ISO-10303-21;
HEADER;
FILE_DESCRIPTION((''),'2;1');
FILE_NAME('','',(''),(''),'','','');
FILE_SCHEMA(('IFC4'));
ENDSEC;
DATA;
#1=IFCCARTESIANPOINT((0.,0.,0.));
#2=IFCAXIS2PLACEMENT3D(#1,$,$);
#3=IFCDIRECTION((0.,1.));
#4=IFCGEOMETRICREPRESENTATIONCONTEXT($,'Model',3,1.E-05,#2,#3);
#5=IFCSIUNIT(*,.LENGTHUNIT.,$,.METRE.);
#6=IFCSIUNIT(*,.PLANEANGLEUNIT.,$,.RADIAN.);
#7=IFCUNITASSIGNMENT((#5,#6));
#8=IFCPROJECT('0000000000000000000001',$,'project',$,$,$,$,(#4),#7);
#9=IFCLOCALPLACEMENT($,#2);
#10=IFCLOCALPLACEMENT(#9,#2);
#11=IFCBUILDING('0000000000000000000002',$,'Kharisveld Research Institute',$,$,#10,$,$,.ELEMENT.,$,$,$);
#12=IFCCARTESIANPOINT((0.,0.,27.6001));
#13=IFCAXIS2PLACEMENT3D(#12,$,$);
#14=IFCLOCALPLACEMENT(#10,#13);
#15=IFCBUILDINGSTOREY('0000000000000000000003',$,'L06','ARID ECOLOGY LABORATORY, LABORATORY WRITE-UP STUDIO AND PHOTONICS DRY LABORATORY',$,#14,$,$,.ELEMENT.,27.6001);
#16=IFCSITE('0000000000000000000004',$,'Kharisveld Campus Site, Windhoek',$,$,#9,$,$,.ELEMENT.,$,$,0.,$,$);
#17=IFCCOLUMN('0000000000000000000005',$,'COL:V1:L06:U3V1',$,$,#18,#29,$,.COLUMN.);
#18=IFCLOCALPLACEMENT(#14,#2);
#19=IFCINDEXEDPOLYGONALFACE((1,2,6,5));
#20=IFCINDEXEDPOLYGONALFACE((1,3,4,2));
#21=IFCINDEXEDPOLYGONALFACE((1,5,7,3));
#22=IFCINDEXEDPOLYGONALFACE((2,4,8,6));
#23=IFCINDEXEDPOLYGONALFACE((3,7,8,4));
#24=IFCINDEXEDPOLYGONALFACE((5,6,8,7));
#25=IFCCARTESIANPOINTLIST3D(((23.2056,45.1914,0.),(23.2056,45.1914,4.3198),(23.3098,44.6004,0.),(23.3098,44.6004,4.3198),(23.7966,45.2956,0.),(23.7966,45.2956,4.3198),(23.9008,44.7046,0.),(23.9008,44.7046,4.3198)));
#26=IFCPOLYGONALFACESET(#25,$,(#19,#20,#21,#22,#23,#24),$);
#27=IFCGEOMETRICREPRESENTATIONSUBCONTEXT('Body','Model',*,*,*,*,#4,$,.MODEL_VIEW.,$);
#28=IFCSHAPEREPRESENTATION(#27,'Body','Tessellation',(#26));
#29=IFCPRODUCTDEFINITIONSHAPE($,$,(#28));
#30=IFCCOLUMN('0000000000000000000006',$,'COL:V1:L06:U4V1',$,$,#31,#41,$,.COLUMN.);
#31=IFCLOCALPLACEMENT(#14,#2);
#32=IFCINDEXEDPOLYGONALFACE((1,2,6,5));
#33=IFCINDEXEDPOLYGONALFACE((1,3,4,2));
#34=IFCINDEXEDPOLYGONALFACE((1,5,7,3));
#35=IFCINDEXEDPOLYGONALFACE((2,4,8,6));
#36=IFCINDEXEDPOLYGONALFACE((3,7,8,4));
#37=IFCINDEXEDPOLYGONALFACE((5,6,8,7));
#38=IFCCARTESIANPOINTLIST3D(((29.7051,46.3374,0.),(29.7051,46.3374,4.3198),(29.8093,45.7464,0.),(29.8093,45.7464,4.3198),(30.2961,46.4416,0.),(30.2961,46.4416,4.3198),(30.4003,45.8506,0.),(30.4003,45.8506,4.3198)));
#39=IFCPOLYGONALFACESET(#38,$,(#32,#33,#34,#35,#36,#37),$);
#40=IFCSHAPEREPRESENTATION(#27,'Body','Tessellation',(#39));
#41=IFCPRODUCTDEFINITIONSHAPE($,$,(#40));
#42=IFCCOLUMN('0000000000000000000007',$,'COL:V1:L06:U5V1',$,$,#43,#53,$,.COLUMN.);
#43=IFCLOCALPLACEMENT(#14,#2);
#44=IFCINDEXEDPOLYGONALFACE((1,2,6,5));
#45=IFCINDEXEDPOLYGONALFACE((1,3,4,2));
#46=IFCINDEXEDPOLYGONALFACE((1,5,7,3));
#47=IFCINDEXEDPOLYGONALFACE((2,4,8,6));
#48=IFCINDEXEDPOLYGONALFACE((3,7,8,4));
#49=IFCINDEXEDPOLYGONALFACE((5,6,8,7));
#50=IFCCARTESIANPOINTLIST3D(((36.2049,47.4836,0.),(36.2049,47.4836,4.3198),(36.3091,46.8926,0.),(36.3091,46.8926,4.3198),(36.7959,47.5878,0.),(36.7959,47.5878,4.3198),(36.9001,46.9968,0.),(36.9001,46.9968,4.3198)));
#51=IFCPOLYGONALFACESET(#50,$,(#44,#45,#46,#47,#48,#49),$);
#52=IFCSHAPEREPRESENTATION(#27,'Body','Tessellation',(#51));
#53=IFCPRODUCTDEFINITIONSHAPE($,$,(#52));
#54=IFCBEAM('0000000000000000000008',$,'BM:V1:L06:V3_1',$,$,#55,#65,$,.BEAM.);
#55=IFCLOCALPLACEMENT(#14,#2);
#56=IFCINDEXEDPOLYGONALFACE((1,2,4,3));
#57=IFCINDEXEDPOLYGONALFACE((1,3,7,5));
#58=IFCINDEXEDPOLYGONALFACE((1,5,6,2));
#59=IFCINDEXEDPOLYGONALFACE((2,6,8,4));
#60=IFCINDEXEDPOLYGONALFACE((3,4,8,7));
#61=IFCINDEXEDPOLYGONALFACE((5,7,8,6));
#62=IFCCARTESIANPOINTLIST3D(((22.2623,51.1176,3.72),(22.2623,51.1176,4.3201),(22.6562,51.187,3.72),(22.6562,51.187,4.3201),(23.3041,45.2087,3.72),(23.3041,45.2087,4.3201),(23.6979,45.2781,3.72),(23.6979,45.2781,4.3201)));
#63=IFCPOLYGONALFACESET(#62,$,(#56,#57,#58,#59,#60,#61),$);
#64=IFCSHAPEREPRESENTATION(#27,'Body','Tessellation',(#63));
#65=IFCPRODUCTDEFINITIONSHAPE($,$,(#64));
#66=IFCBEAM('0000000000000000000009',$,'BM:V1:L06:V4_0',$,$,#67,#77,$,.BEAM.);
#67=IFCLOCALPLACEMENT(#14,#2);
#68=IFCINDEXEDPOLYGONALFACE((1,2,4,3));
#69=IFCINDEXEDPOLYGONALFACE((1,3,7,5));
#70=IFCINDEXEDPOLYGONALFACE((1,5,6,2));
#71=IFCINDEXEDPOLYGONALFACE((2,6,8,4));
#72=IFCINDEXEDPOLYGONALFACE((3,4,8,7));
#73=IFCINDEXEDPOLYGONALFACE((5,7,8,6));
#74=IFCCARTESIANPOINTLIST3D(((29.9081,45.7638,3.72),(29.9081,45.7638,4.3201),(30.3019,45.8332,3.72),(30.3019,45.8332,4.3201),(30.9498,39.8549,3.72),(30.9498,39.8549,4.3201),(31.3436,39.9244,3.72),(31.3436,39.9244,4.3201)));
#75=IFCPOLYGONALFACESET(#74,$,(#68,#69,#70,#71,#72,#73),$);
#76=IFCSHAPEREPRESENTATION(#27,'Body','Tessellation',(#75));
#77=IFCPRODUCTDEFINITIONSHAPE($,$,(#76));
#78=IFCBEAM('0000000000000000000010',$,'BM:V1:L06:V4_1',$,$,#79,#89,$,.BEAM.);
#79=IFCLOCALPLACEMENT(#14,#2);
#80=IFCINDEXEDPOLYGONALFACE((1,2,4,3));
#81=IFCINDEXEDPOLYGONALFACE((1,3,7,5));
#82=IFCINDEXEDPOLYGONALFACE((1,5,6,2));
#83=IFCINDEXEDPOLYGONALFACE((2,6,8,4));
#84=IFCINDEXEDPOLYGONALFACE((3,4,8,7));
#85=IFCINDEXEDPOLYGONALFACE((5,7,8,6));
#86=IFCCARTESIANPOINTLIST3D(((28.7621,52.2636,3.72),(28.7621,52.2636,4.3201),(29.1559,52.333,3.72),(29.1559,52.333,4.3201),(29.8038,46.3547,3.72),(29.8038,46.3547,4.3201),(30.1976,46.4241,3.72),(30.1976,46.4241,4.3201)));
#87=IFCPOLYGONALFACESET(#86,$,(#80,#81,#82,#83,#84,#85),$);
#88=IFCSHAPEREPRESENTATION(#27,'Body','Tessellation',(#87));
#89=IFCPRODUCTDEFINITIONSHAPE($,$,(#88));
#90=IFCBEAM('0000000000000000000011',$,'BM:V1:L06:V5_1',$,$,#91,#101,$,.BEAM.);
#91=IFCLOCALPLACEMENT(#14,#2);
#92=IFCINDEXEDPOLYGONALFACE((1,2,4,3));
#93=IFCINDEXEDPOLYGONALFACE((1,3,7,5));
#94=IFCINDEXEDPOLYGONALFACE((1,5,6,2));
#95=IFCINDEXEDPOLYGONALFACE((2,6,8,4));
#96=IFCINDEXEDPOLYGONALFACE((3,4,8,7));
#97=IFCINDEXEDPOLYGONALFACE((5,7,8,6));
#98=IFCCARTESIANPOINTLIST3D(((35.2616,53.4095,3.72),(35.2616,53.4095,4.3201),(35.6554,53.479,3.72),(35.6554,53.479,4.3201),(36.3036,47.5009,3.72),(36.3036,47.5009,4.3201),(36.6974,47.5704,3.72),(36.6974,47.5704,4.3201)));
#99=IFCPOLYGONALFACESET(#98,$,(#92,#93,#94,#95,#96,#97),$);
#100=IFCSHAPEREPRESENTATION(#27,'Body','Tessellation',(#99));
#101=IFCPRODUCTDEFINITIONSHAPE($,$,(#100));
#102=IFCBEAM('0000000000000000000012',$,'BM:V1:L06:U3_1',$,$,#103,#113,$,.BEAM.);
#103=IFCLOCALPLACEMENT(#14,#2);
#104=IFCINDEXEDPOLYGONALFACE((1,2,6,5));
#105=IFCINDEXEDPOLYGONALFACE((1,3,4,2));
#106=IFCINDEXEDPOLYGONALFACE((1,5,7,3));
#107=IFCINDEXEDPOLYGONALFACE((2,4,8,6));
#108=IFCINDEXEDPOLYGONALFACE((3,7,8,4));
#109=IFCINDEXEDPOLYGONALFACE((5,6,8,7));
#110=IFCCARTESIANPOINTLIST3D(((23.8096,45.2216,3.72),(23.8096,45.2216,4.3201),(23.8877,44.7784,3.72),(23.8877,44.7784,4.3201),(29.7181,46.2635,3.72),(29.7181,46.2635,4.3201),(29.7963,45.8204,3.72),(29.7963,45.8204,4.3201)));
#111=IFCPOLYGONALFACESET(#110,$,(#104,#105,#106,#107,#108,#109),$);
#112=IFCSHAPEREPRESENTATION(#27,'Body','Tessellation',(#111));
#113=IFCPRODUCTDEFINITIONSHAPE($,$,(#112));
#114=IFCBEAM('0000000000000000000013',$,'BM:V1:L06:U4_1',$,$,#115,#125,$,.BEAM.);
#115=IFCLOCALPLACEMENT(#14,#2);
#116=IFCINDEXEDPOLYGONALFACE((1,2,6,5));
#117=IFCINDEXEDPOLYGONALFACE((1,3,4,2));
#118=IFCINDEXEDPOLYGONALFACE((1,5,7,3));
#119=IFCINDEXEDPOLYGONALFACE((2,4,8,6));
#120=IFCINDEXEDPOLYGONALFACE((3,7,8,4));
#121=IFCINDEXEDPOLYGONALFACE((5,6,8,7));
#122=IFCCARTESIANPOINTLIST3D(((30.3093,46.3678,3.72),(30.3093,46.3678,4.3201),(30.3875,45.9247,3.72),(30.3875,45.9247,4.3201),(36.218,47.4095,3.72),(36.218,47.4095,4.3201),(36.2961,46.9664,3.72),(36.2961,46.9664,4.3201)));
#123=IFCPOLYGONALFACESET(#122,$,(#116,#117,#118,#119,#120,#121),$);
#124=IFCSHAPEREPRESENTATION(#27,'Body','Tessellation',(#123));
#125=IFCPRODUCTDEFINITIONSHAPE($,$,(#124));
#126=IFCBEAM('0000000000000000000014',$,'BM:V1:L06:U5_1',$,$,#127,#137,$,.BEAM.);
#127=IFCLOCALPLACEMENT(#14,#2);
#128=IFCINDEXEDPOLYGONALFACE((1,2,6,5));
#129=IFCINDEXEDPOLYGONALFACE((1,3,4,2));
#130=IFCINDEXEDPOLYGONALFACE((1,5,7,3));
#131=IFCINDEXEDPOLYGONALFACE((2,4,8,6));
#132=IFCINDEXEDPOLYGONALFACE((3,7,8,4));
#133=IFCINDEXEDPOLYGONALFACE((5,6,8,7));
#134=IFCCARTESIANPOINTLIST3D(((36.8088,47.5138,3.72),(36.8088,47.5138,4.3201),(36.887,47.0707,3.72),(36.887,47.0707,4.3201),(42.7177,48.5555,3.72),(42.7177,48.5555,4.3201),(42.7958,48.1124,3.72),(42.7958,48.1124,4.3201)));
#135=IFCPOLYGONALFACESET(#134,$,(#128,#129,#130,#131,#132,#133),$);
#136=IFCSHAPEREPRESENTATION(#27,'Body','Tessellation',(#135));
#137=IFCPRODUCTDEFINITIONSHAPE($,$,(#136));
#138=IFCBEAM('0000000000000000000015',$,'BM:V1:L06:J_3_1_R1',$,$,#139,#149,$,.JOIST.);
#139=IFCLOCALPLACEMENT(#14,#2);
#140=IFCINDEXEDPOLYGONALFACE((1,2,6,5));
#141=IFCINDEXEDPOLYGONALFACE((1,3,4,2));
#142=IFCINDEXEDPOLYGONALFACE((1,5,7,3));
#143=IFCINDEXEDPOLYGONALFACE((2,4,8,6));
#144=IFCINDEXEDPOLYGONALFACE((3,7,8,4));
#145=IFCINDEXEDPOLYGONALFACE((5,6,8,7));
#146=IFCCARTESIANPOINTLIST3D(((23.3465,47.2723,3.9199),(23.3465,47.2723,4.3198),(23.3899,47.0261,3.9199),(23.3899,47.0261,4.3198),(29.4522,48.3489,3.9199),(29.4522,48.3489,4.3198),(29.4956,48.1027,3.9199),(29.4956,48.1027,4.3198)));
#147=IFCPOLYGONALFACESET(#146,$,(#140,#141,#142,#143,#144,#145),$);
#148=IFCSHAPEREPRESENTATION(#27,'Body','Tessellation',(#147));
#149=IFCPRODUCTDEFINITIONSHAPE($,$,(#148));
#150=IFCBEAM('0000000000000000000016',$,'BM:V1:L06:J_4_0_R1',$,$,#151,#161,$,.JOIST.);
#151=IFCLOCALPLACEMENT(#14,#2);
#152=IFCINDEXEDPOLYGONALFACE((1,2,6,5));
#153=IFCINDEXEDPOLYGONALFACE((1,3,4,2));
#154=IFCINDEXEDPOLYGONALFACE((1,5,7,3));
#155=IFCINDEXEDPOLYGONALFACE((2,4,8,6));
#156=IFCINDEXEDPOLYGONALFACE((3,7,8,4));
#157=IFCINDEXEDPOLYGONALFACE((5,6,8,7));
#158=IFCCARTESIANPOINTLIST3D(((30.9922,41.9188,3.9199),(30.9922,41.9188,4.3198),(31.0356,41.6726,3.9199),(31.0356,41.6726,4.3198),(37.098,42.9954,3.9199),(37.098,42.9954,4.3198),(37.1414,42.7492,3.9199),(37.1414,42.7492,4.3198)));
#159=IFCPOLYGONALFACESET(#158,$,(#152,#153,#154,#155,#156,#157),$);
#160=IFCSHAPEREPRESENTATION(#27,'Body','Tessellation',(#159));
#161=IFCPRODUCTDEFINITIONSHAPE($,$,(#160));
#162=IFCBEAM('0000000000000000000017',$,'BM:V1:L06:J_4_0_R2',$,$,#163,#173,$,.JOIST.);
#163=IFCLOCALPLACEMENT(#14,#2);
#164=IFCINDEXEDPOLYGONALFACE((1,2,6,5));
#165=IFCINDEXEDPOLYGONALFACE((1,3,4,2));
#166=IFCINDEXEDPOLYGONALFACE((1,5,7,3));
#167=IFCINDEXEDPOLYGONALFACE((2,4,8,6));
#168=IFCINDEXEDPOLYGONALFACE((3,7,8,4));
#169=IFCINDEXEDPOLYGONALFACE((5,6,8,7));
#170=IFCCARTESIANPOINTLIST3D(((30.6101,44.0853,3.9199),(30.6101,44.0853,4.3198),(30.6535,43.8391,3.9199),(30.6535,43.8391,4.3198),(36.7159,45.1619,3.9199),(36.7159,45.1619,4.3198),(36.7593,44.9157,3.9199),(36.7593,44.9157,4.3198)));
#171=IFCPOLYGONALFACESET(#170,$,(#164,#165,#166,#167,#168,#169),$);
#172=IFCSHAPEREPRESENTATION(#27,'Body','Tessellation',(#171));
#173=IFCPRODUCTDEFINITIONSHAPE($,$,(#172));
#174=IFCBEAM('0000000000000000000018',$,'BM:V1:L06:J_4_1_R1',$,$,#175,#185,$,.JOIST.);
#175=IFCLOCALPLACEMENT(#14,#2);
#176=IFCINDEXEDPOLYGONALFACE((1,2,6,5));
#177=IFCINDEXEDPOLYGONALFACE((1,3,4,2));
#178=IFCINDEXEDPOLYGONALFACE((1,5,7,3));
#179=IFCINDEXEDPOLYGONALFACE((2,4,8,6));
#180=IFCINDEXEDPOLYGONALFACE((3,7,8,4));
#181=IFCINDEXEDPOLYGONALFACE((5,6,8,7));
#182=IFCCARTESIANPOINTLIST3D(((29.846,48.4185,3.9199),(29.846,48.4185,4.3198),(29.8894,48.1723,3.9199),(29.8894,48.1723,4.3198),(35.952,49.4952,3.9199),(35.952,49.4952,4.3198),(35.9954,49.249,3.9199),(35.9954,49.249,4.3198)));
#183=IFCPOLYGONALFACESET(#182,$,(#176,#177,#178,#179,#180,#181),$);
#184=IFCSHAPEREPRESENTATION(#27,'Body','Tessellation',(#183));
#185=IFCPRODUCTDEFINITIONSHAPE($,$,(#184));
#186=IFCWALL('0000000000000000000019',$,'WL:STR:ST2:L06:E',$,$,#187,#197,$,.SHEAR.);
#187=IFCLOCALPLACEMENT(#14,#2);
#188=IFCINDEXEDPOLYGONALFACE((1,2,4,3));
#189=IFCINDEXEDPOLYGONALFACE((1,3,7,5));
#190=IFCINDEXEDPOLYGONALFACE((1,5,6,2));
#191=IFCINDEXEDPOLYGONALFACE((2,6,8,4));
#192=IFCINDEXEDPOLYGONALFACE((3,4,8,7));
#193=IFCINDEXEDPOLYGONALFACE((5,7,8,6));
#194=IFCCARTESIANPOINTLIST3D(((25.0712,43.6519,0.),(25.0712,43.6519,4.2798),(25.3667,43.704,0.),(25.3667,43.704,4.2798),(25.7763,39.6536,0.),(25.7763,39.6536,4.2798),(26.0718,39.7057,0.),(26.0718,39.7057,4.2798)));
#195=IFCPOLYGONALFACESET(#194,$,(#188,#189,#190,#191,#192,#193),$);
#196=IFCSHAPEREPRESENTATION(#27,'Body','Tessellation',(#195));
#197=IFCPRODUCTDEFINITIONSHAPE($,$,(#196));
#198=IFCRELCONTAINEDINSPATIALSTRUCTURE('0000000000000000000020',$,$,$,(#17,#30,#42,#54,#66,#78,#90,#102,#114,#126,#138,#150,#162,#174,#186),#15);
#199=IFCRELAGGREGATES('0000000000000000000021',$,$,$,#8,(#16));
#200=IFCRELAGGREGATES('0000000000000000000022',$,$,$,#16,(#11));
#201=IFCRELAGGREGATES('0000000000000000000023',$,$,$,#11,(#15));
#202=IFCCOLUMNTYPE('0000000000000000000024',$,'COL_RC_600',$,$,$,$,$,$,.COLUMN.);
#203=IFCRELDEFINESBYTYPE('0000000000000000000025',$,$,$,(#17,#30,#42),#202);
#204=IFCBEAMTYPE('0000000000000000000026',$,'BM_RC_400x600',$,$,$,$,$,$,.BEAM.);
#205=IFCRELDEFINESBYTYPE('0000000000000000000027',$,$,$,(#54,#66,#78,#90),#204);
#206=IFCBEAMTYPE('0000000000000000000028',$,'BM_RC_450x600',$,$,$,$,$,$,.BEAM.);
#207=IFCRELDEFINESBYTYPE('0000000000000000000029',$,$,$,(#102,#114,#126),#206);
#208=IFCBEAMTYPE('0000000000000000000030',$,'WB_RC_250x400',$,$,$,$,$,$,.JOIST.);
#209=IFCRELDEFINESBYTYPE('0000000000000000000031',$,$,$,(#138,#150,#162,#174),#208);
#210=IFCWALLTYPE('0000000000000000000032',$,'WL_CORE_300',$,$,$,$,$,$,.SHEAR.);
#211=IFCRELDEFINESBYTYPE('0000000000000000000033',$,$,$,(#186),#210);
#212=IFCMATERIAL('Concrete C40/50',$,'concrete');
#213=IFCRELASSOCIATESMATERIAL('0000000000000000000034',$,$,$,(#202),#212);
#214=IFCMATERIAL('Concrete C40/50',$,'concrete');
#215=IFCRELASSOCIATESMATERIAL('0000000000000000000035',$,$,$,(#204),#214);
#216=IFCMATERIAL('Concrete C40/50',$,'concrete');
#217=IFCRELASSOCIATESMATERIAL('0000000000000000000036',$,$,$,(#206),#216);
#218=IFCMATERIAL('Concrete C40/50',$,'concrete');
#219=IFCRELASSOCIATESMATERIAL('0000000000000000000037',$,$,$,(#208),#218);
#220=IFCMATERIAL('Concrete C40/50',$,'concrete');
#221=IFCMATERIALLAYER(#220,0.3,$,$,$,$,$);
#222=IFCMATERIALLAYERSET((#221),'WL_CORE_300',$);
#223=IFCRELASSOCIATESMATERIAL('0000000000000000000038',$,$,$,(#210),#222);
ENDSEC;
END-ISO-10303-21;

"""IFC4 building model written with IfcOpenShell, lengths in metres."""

from ifc_helpers import new_model, si_unit, direction, frame, frame_2d, origin, origin_2d, place, context, subcontext, project, spatial, rectangle, extrude, material, layer, layer_set, material_profile, profile_set, type_object, element, save


model = new_model("IFC4")

# Units and contexts
model_context = context("Model", 3, precision=1e-05, world=origin(), true_north=direction((0.0, 1.0)))
body_context = subcontext(model_context, "Body", "Model", "MODEL_VIEW")
ifc_project = project(units=[si_unit("LENGTHUNIT", "METRE"), si_unit("PLANEANGLEUNIT", "RADIAN")], contexts=[model_context])

# Site, building, storey
site_placement = place(None, origin())
site = spatial("IfcSite", under=ifc_project, at=site_placement, Name="Kharisveld Campus Site, Windhoek", CompositionType="ELEMENT", RefElevation=0.0)
building_placement = place(site_placement, origin())
building = spatial("IfcBuilding", under=site, at=building_placement, Name="Kharisveld Research Institute", CompositionType="ELEMENT")
storey_placement = place(building_placement, frame((0.0, 0.0, 27.6001)))
storey = spatial("IfcBuildingStorey", under=building, at=storey_placement, Name="L06", Description="ARID ECOLOGY LABORATORY, LABORATORY WRITE-UP STUDIO AND PHOTONICS DRY LABORATORY", CompositionType="ELEMENT", Elevation=27.6001)

# Columns
ifc_material_1 = material(Name="Concrete C40/50", Category="concrete")
ifc_material_profile_1 = material_profile(ifc_material_1, rectangle(XDim=0.6001, YDim=0.6001, at=origin_2d()))
ifc_profile_set_1 = profile_set([ifc_material_profile_1], Name="Concrete C40/50")
column_type = type_object("IfcColumnType", Name="COL_RC_600", PredefinedType="COLUMN", material=ifc_profile_set_1)
for number, where, z_axis, x_axis, name in (
    (1, (23.5532, 44.948, 0.0), (0.0, 0.0, 1.0), (0.984808, 0.173648, 0.0), "COL:V1:L06:U3V1"),
    (2, (30.0527, 46.094, 0.0), (0.0, 0.0, 1.0), (0.984808, 0.173648, 0.0), "COL:V1:L06:U4V1"),
    (3, (36.5525, 47.2402, 0.0), (0.0, 0.0, 1.0), (0.984808, 0.173648, 0.0), "COL:V1:L06:U5V1"),
):
    element("IfcColumn", number, at=place(storey_placement, frame(where, z_axis=z_axis, x_axis=x_axis)), inside=storey, type_object=column_type, Name=name, PredefinedType="COLUMN", context=body_context, shape_type="SweptSolid", body=[
        extrude(rectangle(XDim=0.6001, YDim=0.6001, at=origin_2d()), origin(), (0.0, 0.0, 1.0), 4.3198),
    ])

# Beams
ifc_material_2 = material(Name="Concrete C40/50", Category="concrete")
ifc_material_profile_2 = material_profile(ifc_material_2, rectangle(XDim=0.3999, YDim=0.6001, at=origin_2d()))
ifc_profile_set_2 = profile_set([ifc_material_profile_2], Name="Concrete C40/50")
beam_type_1 = type_object("IfcBeamType", Name="BM_RC_400x600", PredefinedType="BEAM", material=ifc_profile_set_2)
for number, where, z_axis, x_axis, name in (
    (4, (23.501, 45.2434, 4.02), (-0.173623, 0.984812, 0.0), (-0.984812, -0.173623, 0.0), "BM:V1:L06:V3_1"),
    (5, (31.1467, 39.8896, 4.02), (-0.173623, 0.984812, 0.0), (-0.984812, -0.173623, 0.0), "BM:V1:L06:V4_0"),
    (6, (30.0007, 46.3894, 4.02), (-0.173623, 0.984812, 0.0), (-0.984812, -0.173623, 0.0), "BM:V1:L06:V4_1"),
):
    element("IfcBeam", number, at=place(storey_placement, frame(where, z_axis=z_axis, x_axis=x_axis)), inside=storey, type_object=beam_type_1, Name=name, PredefinedType="BEAM", context=body_context, shape_type="SweptSolid", body=[
        extrude(rectangle(XDim=0.3999, YDim=0.6001, at=origin_2d()), origin(), (0.0, 0.0, 1.0), 6.0),
    ])
beam_1_placement = place(storey_placement, frame((36.5005, 47.5356, 4.02), z_axis=(-0.173669, 0.984804, 0.0), x_axis=(-0.984804, -0.173669, 0.0)))
element("IfcBeam", 7, at=beam_1_placement, inside=storey, type_object=beam_type_1, Name="BM:V1:L06:V5_1", PredefinedType="BEAM", context=body_context, shape_type="SweptSolid", body=[
    extrude(rectangle(XDim=0.3999, YDim=0.6001, at=origin_2d()), origin(), (0.0, 0.0, 1.0), 5.9998),
])
ifc_material_3 = material(Name="Concrete C40/50", Category="concrete")
ifc_material_profile_3 = material_profile(ifc_material_3, rectangle(XDim=0.45, YDim=0.6001, at=origin_2d()))
ifc_profile_set_3 = profile_set([ifc_material_profile_3], Name="Concrete C40/50")
beam_type_2 = type_object("IfcBeamType", Name="BM_RC_450x600", PredefinedType="BEAM", material=ifc_profile_set_3)
for number, where, z_axis, x_axis, name in (
    (8, (23.8486, 45.0, 4.02), (0.984804, 0.173669, 0.0), (-0.173669, 0.984804, 0.0), "BM:V1:L06:U3_1"),
    (9, (30.3484, 46.1462, 4.02), (0.984811, 0.17363, 0.0), (-0.17363, 0.984811, 0.0), "BM:V1:L06:U4_1"),
):
    element("IfcBeam", number, at=place(storey_placement, frame(where, z_axis=z_axis, x_axis=x_axis)), inside=storey, type_object=beam_type_2, Name=name, PredefinedType="BEAM", context=body_context, shape_type="SweptSolid", body=[
        extrude(rectangle(XDim=0.45, YDim=0.6001, at=origin_2d()), origin(), (0.0, 0.0, 1.0), 5.9998),
    ])
beam_2_placement = place(storey_placement, frame((36.8479, 47.2922, 4.02), z_axis=(0.984812, 0.173623, 0.0), x_axis=(-0.173623, 0.984812, 0.0)))
element("IfcBeam", 10, at=beam_2_placement, inside=storey, type_object=beam_type_2, Name="BM:V1:L06:U5_1", PredefinedType="BEAM", context=body_context, shape_type="SweptSolid", body=[
    extrude(rectangle(XDim=0.45, YDim=0.6001, at=origin_2d()), origin(), (0.0, 0.0, 1.0), 6.0),
])
ifc_material_4 = material(Name="Concrete C40/50", Category="concrete")
ifc_material_profile_4 = material_profile(ifc_material_4, rectangle(XDim=0.25, YDim=0.3999, at=origin_2d()))
ifc_profile_set_4 = profile_set([ifc_material_profile_4], Name="Concrete C40/50")
beam_type_3 = type_object("IfcBeamType", Name="WB_RC_250x400", PredefinedType="JOIST", material=ifc_profile_set_4)
for number, where, z_axis, x_axis, name in (
    (11, (23.3682, 47.1492, 4.1199), (0.984806, 0.173657, 0.0), (-0.173657, 0.984806, 0.0), "BM:V1:L06:J_3_1_R1"),
    (12, (31.0139, 41.7957, 4.1199), (0.984806, 0.173657, 0.0), (-0.173657, 0.984806, 0.0), "BM:V1:L06:J_4_0_R1"),
    (13, (30.6318, 43.9622, 4.1199), (0.984806, 0.173657, 0.0), (-0.173657, 0.984806, 0.0), "BM:V1:L06:J_4_0_R2"),
):
    element("IfcBeam", number, at=place(storey_placement, frame(where, z_axis=z_axis, x_axis=x_axis)), inside=storey, type_object=beam_type_3, Name=name, PredefinedType="JOIST", context=body_context, shape_type="SweptSolid", body=[
        extrude(rectangle(XDim=0.25, YDim=0.3999, at=origin_2d()), origin(), (0.0, 0.0, 1.0), 6.2),
    ])
beam_3_placement = place(storey_placement, frame((29.8677, 48.2954, 4.1199), z_axis=(0.984807, 0.173651, 0.0), x_axis=(-0.173651, 0.984807, 0.0)))
element("IfcBeam", 14, at=beam_3_placement, inside=storey, type_object=beam_type_3, Name="BM:V1:L06:J_4_1_R1", PredefinedType="JOIST", context=body_context, shape_type="SweptSolid", body=[
    extrude(rectangle(XDim=0.25, YDim=0.3999, at=origin_2d()), origin(), (0.0, 0.0, 1.0), 6.2002),
])

# Wall
ifc_material_5 = material(Name="Concrete C40/50", Category="concrete")
ifc_layer_1 = layer(ifc_material_5, 0.3)
ifc_layer_set_1 = layer_set([ifc_layer_1], Name="WL_CORE_300")
wall_type_1 = type_object("IfcWallType", Name="WL_CORE_300", PredefinedType="SHEAR", material=ifc_layer_set_1)
wall_1_placement = place(storey_placement, frame((25.219, 43.678, 0.0), z_axis=(0.0, 0.0, 1.0), x_axis=(0.173665, -0.984805, 0.0)))
element("IfcWall", 15, at=wall_1_placement, inside=storey, type_object=wall_type_1, Name="WL:STR:ST2:L06:E", PredefinedType="SHEAR", context=body_context, shape_type="SweptSolid", body=[
    extrude(rectangle(XDim=4.0601, YDim=0.3, at=frame_2d((2.03, 0.0))), origin(), (0.0, 0.0, 1.0), 4.2798),
])

save(model, "model.ifc")
